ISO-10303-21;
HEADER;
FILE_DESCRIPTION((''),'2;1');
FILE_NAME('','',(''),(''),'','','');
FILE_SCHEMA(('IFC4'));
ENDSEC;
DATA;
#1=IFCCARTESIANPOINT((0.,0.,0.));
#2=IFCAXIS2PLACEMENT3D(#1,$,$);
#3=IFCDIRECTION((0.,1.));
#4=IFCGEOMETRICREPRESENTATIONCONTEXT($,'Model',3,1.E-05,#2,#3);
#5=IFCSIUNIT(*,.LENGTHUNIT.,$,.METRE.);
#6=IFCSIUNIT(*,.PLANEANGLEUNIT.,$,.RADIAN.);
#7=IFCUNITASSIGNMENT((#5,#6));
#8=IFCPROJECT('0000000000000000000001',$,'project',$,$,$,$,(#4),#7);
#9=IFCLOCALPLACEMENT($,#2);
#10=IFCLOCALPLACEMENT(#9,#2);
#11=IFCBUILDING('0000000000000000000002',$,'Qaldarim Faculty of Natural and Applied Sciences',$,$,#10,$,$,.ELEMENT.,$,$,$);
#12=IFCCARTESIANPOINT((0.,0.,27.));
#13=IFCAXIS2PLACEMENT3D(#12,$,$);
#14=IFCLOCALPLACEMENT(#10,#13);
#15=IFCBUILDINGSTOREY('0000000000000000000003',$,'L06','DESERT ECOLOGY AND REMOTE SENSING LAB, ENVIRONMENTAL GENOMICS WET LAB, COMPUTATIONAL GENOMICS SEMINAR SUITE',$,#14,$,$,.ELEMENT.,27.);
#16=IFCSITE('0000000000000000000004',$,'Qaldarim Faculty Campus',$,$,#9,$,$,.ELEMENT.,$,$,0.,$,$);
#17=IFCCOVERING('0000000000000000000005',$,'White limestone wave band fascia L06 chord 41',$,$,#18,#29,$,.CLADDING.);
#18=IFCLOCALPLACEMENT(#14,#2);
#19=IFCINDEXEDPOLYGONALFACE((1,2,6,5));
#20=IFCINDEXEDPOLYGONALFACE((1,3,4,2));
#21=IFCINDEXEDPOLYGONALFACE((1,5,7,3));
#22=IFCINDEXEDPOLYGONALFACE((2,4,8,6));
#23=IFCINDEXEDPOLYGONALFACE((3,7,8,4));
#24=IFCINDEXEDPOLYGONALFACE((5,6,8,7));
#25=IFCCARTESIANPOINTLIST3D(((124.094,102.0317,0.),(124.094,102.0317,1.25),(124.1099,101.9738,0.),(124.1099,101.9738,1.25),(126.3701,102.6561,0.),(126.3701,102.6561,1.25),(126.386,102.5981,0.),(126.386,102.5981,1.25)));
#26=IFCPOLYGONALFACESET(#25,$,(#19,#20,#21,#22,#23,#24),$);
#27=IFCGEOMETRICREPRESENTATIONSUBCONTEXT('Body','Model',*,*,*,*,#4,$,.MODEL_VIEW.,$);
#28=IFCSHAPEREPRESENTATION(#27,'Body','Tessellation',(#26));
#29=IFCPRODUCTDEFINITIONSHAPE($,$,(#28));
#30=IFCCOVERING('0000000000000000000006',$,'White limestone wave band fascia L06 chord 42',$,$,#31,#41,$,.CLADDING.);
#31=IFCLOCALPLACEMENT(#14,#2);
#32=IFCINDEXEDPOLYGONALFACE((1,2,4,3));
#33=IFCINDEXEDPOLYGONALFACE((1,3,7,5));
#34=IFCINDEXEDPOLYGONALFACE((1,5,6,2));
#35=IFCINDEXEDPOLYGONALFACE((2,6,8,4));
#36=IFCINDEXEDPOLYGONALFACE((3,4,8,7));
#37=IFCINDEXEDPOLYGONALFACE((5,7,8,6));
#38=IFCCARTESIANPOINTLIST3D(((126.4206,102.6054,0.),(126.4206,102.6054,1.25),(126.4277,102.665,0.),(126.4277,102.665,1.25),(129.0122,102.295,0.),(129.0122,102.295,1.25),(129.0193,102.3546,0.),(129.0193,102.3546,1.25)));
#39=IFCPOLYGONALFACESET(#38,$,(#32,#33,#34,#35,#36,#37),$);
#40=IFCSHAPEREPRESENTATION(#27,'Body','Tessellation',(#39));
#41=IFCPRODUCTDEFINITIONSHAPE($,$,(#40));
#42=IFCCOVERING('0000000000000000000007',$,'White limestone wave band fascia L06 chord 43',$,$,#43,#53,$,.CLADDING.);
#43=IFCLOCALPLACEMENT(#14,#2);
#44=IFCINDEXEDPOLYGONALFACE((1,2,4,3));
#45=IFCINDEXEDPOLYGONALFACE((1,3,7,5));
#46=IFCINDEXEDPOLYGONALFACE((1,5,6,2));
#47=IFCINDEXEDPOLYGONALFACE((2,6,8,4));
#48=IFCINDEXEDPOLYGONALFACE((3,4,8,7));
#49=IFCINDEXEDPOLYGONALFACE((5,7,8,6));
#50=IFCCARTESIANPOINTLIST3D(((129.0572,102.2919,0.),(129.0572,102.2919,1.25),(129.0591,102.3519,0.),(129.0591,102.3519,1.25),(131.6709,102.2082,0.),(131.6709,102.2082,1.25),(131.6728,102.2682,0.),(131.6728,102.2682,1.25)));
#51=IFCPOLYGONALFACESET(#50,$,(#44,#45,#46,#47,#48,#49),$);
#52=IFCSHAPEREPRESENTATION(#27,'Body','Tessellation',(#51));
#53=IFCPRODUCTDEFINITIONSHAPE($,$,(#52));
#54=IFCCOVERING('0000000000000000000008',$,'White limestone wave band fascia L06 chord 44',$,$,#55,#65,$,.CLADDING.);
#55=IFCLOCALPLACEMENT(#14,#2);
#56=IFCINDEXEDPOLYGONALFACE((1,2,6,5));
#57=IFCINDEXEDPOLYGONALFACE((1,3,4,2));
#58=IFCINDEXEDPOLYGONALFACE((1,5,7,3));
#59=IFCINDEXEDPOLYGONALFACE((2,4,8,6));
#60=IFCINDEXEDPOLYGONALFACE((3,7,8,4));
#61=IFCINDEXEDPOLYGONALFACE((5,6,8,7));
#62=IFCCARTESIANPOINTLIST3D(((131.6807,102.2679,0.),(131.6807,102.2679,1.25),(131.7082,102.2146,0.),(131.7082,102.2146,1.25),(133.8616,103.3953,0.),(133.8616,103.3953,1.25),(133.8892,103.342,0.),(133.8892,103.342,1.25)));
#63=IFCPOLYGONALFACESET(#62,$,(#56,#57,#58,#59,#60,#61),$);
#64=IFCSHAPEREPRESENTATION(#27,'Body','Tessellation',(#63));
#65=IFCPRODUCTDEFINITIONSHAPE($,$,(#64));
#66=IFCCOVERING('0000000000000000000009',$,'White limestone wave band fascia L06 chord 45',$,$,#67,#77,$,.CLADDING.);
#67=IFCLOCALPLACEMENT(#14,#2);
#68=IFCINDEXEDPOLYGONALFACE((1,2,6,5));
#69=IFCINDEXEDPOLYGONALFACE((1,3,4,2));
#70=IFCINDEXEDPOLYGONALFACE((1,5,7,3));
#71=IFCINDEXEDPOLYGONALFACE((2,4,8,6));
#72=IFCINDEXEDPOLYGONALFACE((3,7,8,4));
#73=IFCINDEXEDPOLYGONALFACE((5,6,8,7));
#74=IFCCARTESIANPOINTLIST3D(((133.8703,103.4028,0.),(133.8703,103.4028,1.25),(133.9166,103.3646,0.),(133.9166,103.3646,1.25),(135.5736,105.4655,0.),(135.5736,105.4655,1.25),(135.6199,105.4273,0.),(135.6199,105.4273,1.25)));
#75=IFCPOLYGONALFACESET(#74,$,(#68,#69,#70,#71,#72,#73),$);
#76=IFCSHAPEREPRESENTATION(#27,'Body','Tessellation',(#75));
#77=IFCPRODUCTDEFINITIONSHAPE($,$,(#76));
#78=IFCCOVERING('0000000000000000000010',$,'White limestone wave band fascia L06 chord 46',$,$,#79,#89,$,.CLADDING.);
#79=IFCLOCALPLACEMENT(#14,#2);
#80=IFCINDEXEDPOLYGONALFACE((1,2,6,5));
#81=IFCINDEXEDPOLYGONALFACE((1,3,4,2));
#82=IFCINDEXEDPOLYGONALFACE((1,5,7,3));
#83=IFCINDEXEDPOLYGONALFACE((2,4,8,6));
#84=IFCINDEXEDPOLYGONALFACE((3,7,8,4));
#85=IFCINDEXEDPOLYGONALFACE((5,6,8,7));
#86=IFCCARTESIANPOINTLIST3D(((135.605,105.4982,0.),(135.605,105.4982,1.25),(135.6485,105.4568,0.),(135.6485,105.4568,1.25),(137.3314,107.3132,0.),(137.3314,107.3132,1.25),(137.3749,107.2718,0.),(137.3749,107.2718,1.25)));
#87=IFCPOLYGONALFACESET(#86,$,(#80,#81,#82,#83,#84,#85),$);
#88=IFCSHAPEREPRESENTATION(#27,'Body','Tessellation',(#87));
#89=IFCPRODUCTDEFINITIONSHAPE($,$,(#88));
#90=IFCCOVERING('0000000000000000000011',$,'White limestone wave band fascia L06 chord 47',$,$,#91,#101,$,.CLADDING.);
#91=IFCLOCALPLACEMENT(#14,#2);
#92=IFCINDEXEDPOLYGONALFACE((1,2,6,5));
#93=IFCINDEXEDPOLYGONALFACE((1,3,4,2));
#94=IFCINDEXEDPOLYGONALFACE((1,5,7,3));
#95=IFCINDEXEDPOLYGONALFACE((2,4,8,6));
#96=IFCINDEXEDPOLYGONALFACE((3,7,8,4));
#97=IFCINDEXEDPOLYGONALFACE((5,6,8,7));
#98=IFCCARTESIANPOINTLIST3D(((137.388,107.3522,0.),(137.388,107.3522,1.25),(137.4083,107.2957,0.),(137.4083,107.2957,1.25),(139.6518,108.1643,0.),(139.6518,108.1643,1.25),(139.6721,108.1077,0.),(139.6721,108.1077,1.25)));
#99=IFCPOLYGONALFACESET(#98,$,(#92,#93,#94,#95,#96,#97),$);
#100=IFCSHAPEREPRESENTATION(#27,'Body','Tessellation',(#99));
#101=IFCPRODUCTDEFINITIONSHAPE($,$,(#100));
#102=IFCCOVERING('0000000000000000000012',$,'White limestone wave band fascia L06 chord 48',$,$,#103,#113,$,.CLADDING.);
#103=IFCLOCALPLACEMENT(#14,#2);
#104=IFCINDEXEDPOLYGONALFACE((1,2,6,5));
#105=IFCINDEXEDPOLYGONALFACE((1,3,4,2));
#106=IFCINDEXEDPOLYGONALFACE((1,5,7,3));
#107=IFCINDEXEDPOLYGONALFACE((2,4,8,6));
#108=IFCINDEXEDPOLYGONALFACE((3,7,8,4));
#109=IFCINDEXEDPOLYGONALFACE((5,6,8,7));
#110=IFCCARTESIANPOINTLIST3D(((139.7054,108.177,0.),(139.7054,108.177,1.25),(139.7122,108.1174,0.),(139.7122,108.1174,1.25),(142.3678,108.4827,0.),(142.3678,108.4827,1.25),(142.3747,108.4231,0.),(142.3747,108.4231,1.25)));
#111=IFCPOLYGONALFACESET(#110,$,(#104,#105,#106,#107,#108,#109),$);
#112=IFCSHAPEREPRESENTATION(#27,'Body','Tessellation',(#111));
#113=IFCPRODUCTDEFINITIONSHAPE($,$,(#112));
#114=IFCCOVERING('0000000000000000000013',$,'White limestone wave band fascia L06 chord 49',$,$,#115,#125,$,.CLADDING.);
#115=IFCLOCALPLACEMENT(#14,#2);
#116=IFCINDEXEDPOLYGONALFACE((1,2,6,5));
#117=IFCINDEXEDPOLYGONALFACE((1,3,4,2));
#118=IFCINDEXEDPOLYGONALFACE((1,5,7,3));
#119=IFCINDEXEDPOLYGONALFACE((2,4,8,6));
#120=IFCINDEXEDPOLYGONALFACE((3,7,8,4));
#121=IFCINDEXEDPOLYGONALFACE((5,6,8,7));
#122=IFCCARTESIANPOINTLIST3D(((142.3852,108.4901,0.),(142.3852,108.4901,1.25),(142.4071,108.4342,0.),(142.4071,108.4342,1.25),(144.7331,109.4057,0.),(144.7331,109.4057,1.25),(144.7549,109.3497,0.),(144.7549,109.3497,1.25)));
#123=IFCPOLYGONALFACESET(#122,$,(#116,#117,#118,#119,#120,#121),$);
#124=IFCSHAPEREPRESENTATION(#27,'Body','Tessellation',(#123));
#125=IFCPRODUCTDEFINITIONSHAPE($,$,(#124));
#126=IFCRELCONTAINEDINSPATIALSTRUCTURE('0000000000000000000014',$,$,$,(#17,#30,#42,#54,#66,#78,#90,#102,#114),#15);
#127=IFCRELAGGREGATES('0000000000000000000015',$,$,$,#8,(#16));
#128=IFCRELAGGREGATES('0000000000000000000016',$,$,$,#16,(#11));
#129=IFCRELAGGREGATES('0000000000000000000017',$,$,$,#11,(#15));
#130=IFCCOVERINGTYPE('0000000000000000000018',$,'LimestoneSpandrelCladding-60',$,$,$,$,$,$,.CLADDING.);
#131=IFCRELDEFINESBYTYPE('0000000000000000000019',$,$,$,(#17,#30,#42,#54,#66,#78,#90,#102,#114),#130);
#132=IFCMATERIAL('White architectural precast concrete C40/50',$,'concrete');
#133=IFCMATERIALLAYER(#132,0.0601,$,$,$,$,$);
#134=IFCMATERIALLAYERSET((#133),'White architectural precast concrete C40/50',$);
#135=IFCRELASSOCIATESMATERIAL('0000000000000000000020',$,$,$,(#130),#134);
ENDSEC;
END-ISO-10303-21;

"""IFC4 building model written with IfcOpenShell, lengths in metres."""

from ifc_helpers import new_model, si_unit, direction, frame, origin, origin_2d, place, context, subcontext, project, spatial, rectangle, extrude, material, layer, layer_set, type_object, element, save


model = new_model("IFC4")

# Units and contexts
model_context = context("Model", 3, precision=1e-05, world=origin(), true_north=direction((0.0, 1.0)))
body_context = subcontext(model_context, "Body", "Model", "MODEL_VIEW")
ifc_project = project(units=[si_unit("LENGTHUNIT", "METRE"), si_unit("PLANEANGLEUNIT", "RADIAN")], contexts=[model_context])

# Site, building, storey
site_placement = place(None, origin())
site = spatial("IfcSite", under=ifc_project, at=site_placement, Name="Qaldarim Faculty Campus", CompositionType="ELEMENT", RefElevation=0.0)
building_placement = place(site_placement, origin())
building = spatial("IfcBuilding", under=site, at=building_placement, Name="Qaldarim Faculty of Natural and Applied Sciences", CompositionType="ELEMENT")
storey_placement = place(building_placement, frame((0.0, 0.0, 27.0)))
storey = spatial("IfcBuildingStorey", under=building, at=storey_placement, Name="L06", Description="DESERT ECOLOGY AND REMOTE SENSING LAB, ENVIRONMENTAL GENOMICS WET LAB, COMPUTATIONAL GENOMICS SEMINAR SUITE", CompositionType="ELEMENT", Elevation=27.0)

# Shared definitions
ifc_material_1 = material(Name="White architectural precast concrete C40/50", Category="concrete")

# Coverings
ifc_layer_1 = layer(ifc_material_1, 0.0601)
ifc_layer_set_1 = layer_set([ifc_layer_1], Name="White architectural precast concrete C40/50")
covering_type = type_object("IfcCoveringType", Name="LimestoneSpandrelCladding-60", PredefinedType="CLADDING", material=ifc_layer_set_1)
covering_1_placement = place(storey_placement, frame((125.24, 102.3149, 0.0), z_axis=(0.0, 0.0, 1.0), x_axis=(0.964378, 0.26453, 0.0)))
element("IfcCovering", 1, at=covering_1_placement, inside=storey, type_object=covering_type, Name="White limestone wave band fascia L06 chord 41", PredefinedType="CLADDING", context=body_context, shape_type="SweptSolid", body=[
    extrude(rectangle(XDim=2.3601, YDim=0.0601, at=origin_2d()), origin(), (0.0, 0.0, 1.0), 1.25),
])
covering_2_placement = place(storey_placement, frame((127.72, 102.48, 0.0), z_axis=(0.0, 0.0, 1.0), x_axis=(0.992903, -0.118924, 0.0)))
element("IfcCovering", 2, at=covering_2_placement, inside=storey, type_object=covering_type, Name="White limestone wave band fascia L06 chord 42", PredefinedType="CLADDING", context=body_context, shape_type="SweptSolid", body=[
    extrude(rectangle(XDim=2.6101, YDim=0.0601, at=origin_2d()), origin(), (0.0, 0.0, 1.0), 1.25),
])
covering_3_placement = place(storey_placement, frame((130.365, 102.28, 0.0), z_axis=(0.0, 0.0, 1.0), x_axis=(0.999488, -0.032004, 0.0)))
element("IfcCovering", 3, at=covering_3_placement, inside=storey, type_object=covering_type, Name="White limestone wave band fascia L06 chord 43", PredefinedType="CLADDING", context=body_context, shape_type="SweptSolid", body=[
    extrude(rectangle(XDim=2.615, YDim=0.0601, at=origin_2d()), origin(), (0.0, 0.0, 1.0), 1.25),
])
covering_4_placement = place(storey_placement, frame((132.7849, 102.8049, 0.0), z_axis=(0.0, 0.0, 1.0), x_axis=(0.888329, 0.459208, 0.0)))
element("IfcCovering", 4, at=covering_4_placement, inside=storey, type_object=covering_type, Name="White limestone wave band fascia L06 chord 44", PredefinedType="CLADDING", context=body_context, shape_type="SweptSolid", body=[
    extrude(rectangle(XDim=2.4551, YDim=0.0601, at=origin_2d()), origin(), (0.0, 0.0, 1.0), 1.25),
])
covering_5_placement = place(storey_placement, frame((134.7451, 104.415, 0.0), z_axis=(0.0, 0.0, 1.0), x_axis=(0.636738, 0.77108, 0.0)))
element("IfcCovering", 5, at=covering_5_placement, inside=storey, type_object=covering_type, Name="White limestone wave band fascia L06 chord 45", PredefinedType="CLADDING", context=body_context, shape_type="SweptSolid", body=[
    extrude(rectangle(XDim=2.675, YDim=0.0601, at=origin_2d()), origin(), (0.0, 0.0, 1.0), 1.25),
])
covering_6_placement = place(storey_placement, frame((136.49, 106.385, 0.0), z_axis=(0.0, 0.0, 1.0), x_axis=(0.689215, 0.724557, 0.0)))
element("IfcCovering", 6, at=covering_6_placement, inside=storey, type_object=covering_type, Name="White limestone wave band fascia L06 chord 46", PredefinedType="CLADDING", context=body_context, shape_type="SweptSolid", body=[
    extrude(rectangle(XDim=2.5049, YDim=0.0601, at=origin_2d()), origin(), (0.0, 0.0, 1.0), 1.25),
])
covering_7_placement = place(storey_placement, frame((138.53, 107.73, 0.0), z_axis=(0.0, 0.0, 1.0), x_axis=(0.941276, 0.337637, 0.0)))
element("IfcCovering", 7, at=covering_7_placement, inside=storey, type_object=covering_type, Name="White limestone wave band fascia L06 chord 47", PredefinedType="CLADDING", context=body_context, shape_type="SweptSolid", body=[
    extrude(rectangle(XDim=2.405, YDim=0.0601, at=origin_2d()), origin(), (0.0, 0.0, 1.0), 1.25),
])
covering_8_placement = place(storey_placement, frame((141.04, 108.3, 0.0), z_axis=(0.0, 0.0, 1.0), x_axis=(0.993473, 0.11407, 0.0)))
element("IfcCovering", 8, at=covering_8_placement, inside=storey, type_object=covering_type, Name="White limestone wave band fascia L06 chord 48", PredefinedType="CLADDING", context=body_context, shape_type="SweptSolid", body=[
    extrude(rectangle(XDim=2.6799, YDim=0.0601, at=origin_2d()), origin(), (0.0, 0.0, 1.0), 1.25),
])
covering_9_placement = place(storey_placement, frame((143.5701, 108.9199, 0.0), z_axis=(0.0, 0.0, 1.0), x_axis=(0.931672, 0.3633, 0.0)))
element("IfcCovering", 9, at=covering_9_placement, inside=storey, type_object=covering_type, Name="White limestone wave band fascia L06 chord 49", PredefinedType="CLADDING", context=body_context, shape_type="SweptSolid", body=[
    extrude(rectangle(XDim=2.52, YDim=0.0601, at=origin_2d()), origin(), (0.0, 0.0, 1.0), 1.25),
])

save(model, "model.ifc")
